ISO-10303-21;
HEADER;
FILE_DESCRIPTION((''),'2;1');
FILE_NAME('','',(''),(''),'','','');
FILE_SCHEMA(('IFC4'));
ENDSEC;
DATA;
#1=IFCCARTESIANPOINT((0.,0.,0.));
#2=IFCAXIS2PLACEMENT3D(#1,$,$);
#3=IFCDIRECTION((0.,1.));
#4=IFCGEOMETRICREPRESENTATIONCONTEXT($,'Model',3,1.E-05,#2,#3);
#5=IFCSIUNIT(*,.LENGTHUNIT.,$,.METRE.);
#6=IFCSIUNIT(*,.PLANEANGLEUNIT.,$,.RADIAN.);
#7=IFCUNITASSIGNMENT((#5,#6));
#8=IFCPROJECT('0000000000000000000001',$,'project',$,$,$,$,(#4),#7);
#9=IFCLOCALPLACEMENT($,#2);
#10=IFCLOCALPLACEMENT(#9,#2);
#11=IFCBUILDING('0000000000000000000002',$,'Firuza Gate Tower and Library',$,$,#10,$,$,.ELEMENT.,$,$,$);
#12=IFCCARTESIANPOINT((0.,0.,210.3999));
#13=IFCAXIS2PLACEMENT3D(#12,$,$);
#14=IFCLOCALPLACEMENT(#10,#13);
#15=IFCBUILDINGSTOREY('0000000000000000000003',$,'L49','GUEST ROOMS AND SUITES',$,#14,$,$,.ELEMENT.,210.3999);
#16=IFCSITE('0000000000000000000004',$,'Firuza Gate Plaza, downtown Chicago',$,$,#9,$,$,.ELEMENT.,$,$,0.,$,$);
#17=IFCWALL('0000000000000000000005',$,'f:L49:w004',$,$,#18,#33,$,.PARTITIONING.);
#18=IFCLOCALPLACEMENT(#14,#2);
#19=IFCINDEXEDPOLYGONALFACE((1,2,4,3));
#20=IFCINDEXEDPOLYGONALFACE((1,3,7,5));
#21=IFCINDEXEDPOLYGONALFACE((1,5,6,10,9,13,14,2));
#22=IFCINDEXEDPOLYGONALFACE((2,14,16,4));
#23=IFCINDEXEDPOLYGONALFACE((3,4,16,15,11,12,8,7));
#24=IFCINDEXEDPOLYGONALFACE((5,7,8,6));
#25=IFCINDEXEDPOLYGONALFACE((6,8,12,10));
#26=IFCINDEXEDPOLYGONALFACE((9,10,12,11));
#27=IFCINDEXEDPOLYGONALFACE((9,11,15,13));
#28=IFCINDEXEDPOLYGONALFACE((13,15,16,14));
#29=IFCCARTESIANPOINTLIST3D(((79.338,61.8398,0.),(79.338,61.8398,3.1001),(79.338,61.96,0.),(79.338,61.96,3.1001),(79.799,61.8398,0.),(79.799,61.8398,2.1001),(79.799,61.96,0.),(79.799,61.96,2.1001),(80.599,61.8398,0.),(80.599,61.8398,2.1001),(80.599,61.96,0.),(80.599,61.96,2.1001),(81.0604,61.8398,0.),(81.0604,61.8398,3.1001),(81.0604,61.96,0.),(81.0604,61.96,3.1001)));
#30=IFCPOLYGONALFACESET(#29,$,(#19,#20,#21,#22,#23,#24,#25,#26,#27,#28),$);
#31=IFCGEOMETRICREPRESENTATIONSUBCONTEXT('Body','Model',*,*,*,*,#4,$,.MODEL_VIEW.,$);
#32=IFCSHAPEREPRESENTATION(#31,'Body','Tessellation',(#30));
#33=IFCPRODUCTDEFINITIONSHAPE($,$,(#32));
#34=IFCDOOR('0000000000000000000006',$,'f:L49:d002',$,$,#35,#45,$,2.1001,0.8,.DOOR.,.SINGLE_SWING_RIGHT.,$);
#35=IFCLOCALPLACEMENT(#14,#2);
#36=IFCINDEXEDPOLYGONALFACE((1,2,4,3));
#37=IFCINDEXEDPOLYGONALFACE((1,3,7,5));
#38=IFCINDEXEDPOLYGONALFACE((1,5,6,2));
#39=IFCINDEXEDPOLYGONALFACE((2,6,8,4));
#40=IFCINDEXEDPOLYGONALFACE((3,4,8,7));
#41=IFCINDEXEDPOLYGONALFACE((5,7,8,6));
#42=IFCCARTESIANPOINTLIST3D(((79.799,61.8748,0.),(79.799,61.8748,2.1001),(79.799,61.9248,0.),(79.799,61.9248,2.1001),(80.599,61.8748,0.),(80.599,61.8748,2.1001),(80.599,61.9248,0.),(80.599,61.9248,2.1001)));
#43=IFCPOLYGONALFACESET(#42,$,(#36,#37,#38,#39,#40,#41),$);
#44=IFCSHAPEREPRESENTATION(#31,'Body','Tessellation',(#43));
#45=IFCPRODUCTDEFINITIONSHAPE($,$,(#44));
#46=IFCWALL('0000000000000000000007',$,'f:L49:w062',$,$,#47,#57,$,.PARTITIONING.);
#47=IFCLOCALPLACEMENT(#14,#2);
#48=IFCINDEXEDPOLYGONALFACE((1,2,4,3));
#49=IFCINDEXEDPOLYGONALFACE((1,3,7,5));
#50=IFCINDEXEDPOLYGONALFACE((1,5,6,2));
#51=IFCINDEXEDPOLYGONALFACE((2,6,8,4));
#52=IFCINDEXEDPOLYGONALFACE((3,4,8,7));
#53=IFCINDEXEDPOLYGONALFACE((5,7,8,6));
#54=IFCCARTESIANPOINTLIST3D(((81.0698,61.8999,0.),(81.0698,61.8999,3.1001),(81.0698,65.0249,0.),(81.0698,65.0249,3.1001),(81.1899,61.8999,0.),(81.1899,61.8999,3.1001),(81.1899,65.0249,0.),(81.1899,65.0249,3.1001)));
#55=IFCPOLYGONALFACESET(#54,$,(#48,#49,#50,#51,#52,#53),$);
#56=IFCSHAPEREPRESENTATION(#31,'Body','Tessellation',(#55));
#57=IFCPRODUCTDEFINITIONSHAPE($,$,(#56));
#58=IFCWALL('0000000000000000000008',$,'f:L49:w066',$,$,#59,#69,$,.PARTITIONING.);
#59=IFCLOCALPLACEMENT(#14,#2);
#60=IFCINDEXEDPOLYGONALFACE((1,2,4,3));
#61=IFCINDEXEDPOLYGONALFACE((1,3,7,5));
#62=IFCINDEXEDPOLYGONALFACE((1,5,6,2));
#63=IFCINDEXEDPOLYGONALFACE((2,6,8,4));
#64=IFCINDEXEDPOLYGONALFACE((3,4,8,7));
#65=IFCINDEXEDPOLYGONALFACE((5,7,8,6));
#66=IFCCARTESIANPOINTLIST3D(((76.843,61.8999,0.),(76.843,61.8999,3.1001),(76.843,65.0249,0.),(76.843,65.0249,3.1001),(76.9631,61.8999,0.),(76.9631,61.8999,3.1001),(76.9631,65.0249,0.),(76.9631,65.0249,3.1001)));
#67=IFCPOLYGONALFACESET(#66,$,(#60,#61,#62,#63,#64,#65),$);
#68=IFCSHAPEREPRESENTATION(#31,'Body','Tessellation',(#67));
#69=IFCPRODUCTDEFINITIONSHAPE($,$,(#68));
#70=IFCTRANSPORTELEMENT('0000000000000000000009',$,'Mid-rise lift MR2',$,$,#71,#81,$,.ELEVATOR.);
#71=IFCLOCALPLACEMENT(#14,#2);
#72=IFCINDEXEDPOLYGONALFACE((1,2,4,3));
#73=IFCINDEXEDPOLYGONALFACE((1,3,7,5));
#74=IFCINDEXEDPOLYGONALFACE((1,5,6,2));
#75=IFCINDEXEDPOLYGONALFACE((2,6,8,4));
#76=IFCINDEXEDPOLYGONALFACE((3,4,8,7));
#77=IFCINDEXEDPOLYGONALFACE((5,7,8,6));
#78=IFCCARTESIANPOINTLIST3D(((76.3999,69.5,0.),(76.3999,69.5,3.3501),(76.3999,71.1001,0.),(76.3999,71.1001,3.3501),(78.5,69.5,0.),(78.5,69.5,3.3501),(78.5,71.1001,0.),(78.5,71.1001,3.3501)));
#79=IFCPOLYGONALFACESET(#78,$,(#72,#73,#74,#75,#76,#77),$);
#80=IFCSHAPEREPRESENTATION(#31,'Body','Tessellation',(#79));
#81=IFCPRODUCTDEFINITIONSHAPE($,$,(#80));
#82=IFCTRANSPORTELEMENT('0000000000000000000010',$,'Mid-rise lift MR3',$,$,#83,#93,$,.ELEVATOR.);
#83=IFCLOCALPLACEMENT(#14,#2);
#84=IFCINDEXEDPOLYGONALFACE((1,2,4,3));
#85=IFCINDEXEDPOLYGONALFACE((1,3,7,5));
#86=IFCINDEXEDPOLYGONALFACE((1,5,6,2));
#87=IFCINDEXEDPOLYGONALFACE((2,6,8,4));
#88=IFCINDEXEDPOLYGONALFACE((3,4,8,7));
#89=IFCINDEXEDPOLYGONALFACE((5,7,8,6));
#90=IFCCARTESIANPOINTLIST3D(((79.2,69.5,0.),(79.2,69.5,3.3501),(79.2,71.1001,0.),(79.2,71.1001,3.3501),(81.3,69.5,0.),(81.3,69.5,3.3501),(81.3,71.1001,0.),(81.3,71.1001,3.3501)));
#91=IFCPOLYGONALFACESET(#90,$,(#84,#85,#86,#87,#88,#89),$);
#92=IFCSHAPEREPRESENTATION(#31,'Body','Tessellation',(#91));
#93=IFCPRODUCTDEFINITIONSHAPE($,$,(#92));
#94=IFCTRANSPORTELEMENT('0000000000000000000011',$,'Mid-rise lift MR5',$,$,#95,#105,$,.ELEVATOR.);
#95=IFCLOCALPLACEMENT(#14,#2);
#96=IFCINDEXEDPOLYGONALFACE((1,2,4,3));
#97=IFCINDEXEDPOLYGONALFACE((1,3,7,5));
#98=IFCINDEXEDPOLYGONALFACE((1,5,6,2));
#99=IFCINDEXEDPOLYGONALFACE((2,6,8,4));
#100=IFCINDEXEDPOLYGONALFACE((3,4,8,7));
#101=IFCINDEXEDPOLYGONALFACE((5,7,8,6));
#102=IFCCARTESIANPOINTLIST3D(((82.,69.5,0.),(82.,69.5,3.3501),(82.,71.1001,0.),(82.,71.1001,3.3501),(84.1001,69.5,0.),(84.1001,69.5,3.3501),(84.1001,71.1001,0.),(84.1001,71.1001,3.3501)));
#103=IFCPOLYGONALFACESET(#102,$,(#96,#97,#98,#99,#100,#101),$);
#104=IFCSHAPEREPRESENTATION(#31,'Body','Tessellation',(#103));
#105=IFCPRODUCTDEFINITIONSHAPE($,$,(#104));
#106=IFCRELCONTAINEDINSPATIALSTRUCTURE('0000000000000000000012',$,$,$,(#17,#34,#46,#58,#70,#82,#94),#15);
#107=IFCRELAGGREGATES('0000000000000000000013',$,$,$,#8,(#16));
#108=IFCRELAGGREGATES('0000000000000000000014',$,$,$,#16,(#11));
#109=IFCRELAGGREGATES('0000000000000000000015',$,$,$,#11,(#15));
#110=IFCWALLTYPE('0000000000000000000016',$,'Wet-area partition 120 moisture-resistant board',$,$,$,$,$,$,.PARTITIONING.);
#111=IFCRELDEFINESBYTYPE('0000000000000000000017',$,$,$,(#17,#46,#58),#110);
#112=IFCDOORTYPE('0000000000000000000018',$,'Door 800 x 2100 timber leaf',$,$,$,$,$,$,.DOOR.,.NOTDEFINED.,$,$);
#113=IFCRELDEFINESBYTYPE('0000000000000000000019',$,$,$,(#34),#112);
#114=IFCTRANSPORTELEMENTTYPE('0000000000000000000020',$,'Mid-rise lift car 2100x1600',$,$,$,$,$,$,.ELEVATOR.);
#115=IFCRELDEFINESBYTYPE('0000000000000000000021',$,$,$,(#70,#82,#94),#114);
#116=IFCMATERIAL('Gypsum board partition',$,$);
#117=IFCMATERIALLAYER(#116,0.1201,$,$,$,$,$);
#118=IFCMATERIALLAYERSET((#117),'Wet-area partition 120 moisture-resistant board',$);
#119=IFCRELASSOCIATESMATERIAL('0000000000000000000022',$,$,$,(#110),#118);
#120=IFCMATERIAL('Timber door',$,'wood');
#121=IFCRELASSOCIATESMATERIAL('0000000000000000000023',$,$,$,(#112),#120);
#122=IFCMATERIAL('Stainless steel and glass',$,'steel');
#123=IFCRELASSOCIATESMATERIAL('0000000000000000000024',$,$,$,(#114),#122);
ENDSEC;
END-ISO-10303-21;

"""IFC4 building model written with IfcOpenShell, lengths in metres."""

from ifc_helpers import new_model, si_unit, direction, frame, frame_2d, origin, origin_2d, place, context, subcontext, project, spatial, rectangle, extrude, material, layer, layer_set, type_object, element, fill, save


model = new_model("IFC4")

# Units and contexts
model_context = context("Model", 3, precision=1e-05, world=origin(), true_north=direction((0.0, 1.0)))
body_context = subcontext(model_context, "Body", "Model", "MODEL_VIEW")
ifc_project = project(units=[si_unit("LENGTHUNIT", "METRE"), si_unit("PLANEANGLEUNIT", "RADIAN")], contexts=[model_context])

# Site, building, storey
site_placement = place(None, origin())
site = spatial("IfcSite", under=ifc_project, at=site_placement, Name="Firuza Gate Plaza, downtown Chicago", CompositionType="ELEMENT", RefElevation=0.0)
building_placement = place(site_placement, origin())
building = spatial("IfcBuilding", under=site, at=building_placement, Name="Firuza Gate Tower and Library", CompositionType="ELEMENT")
storey_placement = place(building_placement, frame((0.0, 0.0, 210.3999)))
storey = spatial("IfcBuildingStorey", under=building, at=storey_placement, Name="L49", Description="GUEST ROOMS AND SUITES", CompositionType="ELEMENT", Elevation=210.3999)

# Wall, opening, door
ifc_material_1 = material(Name="Gypsum board partition")
ifc_layer_1 = layer(ifc_material_1, 0.1201)
ifc_layer_set_1 = layer_set([ifc_layer_1], Name="Wet-area partition 120 moisture-resistant board")
wall_type_1 = type_object("IfcWallType", Name="Wet-area partition 120 moisture-resistant board", PredefinedType="PARTITIONING", material=ifc_layer_set_1)
ifc_material_2 = material(Name="Timber door", Category="wood")
door_type = type_object("IfcDoorType", Name="Door 800 x 2100 timber leaf", OperationType="NOTDEFINED", PredefinedType="DOOR", material=ifc_material_2)
wall_1_placement = place(storey_placement, frame((79.3379, 61.8999, 0.0), z_axis=(0.0, 0.0, 1.0), x_axis=(1.0, 0.0, 0.0)))
wall_1 = element("IfcWall", 1, at=wall_1_placement, inside=storey, type_object=wall_type_1, Name="f:L49:w004", PredefinedType="PARTITIONING", context=body_context, shape_type="SweptSolid", body=[
    extrude(rectangle(XDim=1.7224, YDim=0.1201, at=frame_2d((0.8613, 0.0))), origin(), (0.0, 0.0, 1.0), 3.1001),
])
opening_1_placement = place(wall_1_placement, frame((0.4612, 0.0, 0.0)))
opening_1 = element("IfcOpeningElement", 2, at=opening_1_placement, cuts=wall_1, PredefinedType="OPENING", context=body_context, shape_type="SweptSolid", body=[
    extrude(rectangle(XDim=0.8, YDim=2.1001, at=frame_2d((0.3999, 1.05))), frame((0.0, 0.0701, 0.0), z_axis=(0.0, -1.0, 0.0), x_axis=(1.0, 0.0, 0.0)), (0.0, 0.0, 1.0), 0.1401),
])
door_1_placement = place(opening_1_placement, origin())
door_1 = element("IfcDoor", 3, at=door_1_placement, inside=storey, type_object=door_type, Name="f:L49:d002", OperationType="SINGLE_SWING_RIGHT", OverallHeight=2.1001, OverallWidth=0.8, PredefinedType="DOOR", context=body_context, shape_type="SweptSolid", body=[
    extrude(rectangle(XDim=0.8, YDim=2.1001, at=frame_2d((0.3999, 1.05))), frame((0.0, 0.0249, 0.0), z_axis=(0.0, -1.0, 0.0), x_axis=(1.0, 0.0, 0.0)), (0.0, 0.0, 1.0), 0.05),
])
fill(opening_1, door_1)

# Walls
for number, where, z_axis, x_axis, name in (
    (4, (81.1299, 61.8999, 0.0), (0.0, 0.0, 1.0), (0.0, 1.0, 0.0), "f:L49:w062"),
    (5, (76.9031, 61.8999, 0.0), (0.0, 0.0, 1.0), (0.0, 1.0, 0.0), "f:L49:w066"),
):
    element("IfcWall", number, at=place(storey_placement, frame(where, z_axis=z_axis, x_axis=x_axis)), inside=storey, type_object=wall_type_1, Name=name, PredefinedType="PARTITIONING", context=body_context, shape_type="SweptSolid", body=[
        extrude(rectangle(XDim=3.125, YDim=0.1201, at=frame_2d((1.5625, 0.0))), origin(), (0.0, 0.0, 1.0), 3.1001),
    ])

# Transport elements
ifc_material_3 = material(Name="Stainless steel and glass", Category="steel")
transport_element_type = type_object("IfcTransportElementType", Name="Mid-rise lift car 2100x1600", PredefinedType="ELEVATOR", material=ifc_material_3)
for number, where, z_axis, x_axis, name in (
    (6, (77.45, 70.3, 0.0), (0.0, 0.0, 1.0), (1.0, 0.0, 0.0), "Mid-rise lift MR2"),
    (7, (80.25, 70.3, 0.0), (0.0, 0.0, 1.0), (1.0, 0.0, 0.0), "Mid-rise lift MR3"),
    (8, (83.05, 70.3, 0.0), (0.0, 0.0, 1.0), (1.0, 0.0, 0.0), "Mid-rise lift MR5"),
):
    element("IfcTransportElement", number, at=place(storey_placement, frame(where, z_axis=z_axis, x_axis=x_axis)), inside=storey, type_object=transport_element_type, Name=name, PredefinedType="ELEVATOR", context=body_context, shape_type="SweptSolid", body=[
        extrude(rectangle(XDim=2.1001, YDim=1.6001, at=origin_2d()), origin(), (0.0, 0.0, 1.0), 3.3501),
    ])

save(model, "model.ifc")
